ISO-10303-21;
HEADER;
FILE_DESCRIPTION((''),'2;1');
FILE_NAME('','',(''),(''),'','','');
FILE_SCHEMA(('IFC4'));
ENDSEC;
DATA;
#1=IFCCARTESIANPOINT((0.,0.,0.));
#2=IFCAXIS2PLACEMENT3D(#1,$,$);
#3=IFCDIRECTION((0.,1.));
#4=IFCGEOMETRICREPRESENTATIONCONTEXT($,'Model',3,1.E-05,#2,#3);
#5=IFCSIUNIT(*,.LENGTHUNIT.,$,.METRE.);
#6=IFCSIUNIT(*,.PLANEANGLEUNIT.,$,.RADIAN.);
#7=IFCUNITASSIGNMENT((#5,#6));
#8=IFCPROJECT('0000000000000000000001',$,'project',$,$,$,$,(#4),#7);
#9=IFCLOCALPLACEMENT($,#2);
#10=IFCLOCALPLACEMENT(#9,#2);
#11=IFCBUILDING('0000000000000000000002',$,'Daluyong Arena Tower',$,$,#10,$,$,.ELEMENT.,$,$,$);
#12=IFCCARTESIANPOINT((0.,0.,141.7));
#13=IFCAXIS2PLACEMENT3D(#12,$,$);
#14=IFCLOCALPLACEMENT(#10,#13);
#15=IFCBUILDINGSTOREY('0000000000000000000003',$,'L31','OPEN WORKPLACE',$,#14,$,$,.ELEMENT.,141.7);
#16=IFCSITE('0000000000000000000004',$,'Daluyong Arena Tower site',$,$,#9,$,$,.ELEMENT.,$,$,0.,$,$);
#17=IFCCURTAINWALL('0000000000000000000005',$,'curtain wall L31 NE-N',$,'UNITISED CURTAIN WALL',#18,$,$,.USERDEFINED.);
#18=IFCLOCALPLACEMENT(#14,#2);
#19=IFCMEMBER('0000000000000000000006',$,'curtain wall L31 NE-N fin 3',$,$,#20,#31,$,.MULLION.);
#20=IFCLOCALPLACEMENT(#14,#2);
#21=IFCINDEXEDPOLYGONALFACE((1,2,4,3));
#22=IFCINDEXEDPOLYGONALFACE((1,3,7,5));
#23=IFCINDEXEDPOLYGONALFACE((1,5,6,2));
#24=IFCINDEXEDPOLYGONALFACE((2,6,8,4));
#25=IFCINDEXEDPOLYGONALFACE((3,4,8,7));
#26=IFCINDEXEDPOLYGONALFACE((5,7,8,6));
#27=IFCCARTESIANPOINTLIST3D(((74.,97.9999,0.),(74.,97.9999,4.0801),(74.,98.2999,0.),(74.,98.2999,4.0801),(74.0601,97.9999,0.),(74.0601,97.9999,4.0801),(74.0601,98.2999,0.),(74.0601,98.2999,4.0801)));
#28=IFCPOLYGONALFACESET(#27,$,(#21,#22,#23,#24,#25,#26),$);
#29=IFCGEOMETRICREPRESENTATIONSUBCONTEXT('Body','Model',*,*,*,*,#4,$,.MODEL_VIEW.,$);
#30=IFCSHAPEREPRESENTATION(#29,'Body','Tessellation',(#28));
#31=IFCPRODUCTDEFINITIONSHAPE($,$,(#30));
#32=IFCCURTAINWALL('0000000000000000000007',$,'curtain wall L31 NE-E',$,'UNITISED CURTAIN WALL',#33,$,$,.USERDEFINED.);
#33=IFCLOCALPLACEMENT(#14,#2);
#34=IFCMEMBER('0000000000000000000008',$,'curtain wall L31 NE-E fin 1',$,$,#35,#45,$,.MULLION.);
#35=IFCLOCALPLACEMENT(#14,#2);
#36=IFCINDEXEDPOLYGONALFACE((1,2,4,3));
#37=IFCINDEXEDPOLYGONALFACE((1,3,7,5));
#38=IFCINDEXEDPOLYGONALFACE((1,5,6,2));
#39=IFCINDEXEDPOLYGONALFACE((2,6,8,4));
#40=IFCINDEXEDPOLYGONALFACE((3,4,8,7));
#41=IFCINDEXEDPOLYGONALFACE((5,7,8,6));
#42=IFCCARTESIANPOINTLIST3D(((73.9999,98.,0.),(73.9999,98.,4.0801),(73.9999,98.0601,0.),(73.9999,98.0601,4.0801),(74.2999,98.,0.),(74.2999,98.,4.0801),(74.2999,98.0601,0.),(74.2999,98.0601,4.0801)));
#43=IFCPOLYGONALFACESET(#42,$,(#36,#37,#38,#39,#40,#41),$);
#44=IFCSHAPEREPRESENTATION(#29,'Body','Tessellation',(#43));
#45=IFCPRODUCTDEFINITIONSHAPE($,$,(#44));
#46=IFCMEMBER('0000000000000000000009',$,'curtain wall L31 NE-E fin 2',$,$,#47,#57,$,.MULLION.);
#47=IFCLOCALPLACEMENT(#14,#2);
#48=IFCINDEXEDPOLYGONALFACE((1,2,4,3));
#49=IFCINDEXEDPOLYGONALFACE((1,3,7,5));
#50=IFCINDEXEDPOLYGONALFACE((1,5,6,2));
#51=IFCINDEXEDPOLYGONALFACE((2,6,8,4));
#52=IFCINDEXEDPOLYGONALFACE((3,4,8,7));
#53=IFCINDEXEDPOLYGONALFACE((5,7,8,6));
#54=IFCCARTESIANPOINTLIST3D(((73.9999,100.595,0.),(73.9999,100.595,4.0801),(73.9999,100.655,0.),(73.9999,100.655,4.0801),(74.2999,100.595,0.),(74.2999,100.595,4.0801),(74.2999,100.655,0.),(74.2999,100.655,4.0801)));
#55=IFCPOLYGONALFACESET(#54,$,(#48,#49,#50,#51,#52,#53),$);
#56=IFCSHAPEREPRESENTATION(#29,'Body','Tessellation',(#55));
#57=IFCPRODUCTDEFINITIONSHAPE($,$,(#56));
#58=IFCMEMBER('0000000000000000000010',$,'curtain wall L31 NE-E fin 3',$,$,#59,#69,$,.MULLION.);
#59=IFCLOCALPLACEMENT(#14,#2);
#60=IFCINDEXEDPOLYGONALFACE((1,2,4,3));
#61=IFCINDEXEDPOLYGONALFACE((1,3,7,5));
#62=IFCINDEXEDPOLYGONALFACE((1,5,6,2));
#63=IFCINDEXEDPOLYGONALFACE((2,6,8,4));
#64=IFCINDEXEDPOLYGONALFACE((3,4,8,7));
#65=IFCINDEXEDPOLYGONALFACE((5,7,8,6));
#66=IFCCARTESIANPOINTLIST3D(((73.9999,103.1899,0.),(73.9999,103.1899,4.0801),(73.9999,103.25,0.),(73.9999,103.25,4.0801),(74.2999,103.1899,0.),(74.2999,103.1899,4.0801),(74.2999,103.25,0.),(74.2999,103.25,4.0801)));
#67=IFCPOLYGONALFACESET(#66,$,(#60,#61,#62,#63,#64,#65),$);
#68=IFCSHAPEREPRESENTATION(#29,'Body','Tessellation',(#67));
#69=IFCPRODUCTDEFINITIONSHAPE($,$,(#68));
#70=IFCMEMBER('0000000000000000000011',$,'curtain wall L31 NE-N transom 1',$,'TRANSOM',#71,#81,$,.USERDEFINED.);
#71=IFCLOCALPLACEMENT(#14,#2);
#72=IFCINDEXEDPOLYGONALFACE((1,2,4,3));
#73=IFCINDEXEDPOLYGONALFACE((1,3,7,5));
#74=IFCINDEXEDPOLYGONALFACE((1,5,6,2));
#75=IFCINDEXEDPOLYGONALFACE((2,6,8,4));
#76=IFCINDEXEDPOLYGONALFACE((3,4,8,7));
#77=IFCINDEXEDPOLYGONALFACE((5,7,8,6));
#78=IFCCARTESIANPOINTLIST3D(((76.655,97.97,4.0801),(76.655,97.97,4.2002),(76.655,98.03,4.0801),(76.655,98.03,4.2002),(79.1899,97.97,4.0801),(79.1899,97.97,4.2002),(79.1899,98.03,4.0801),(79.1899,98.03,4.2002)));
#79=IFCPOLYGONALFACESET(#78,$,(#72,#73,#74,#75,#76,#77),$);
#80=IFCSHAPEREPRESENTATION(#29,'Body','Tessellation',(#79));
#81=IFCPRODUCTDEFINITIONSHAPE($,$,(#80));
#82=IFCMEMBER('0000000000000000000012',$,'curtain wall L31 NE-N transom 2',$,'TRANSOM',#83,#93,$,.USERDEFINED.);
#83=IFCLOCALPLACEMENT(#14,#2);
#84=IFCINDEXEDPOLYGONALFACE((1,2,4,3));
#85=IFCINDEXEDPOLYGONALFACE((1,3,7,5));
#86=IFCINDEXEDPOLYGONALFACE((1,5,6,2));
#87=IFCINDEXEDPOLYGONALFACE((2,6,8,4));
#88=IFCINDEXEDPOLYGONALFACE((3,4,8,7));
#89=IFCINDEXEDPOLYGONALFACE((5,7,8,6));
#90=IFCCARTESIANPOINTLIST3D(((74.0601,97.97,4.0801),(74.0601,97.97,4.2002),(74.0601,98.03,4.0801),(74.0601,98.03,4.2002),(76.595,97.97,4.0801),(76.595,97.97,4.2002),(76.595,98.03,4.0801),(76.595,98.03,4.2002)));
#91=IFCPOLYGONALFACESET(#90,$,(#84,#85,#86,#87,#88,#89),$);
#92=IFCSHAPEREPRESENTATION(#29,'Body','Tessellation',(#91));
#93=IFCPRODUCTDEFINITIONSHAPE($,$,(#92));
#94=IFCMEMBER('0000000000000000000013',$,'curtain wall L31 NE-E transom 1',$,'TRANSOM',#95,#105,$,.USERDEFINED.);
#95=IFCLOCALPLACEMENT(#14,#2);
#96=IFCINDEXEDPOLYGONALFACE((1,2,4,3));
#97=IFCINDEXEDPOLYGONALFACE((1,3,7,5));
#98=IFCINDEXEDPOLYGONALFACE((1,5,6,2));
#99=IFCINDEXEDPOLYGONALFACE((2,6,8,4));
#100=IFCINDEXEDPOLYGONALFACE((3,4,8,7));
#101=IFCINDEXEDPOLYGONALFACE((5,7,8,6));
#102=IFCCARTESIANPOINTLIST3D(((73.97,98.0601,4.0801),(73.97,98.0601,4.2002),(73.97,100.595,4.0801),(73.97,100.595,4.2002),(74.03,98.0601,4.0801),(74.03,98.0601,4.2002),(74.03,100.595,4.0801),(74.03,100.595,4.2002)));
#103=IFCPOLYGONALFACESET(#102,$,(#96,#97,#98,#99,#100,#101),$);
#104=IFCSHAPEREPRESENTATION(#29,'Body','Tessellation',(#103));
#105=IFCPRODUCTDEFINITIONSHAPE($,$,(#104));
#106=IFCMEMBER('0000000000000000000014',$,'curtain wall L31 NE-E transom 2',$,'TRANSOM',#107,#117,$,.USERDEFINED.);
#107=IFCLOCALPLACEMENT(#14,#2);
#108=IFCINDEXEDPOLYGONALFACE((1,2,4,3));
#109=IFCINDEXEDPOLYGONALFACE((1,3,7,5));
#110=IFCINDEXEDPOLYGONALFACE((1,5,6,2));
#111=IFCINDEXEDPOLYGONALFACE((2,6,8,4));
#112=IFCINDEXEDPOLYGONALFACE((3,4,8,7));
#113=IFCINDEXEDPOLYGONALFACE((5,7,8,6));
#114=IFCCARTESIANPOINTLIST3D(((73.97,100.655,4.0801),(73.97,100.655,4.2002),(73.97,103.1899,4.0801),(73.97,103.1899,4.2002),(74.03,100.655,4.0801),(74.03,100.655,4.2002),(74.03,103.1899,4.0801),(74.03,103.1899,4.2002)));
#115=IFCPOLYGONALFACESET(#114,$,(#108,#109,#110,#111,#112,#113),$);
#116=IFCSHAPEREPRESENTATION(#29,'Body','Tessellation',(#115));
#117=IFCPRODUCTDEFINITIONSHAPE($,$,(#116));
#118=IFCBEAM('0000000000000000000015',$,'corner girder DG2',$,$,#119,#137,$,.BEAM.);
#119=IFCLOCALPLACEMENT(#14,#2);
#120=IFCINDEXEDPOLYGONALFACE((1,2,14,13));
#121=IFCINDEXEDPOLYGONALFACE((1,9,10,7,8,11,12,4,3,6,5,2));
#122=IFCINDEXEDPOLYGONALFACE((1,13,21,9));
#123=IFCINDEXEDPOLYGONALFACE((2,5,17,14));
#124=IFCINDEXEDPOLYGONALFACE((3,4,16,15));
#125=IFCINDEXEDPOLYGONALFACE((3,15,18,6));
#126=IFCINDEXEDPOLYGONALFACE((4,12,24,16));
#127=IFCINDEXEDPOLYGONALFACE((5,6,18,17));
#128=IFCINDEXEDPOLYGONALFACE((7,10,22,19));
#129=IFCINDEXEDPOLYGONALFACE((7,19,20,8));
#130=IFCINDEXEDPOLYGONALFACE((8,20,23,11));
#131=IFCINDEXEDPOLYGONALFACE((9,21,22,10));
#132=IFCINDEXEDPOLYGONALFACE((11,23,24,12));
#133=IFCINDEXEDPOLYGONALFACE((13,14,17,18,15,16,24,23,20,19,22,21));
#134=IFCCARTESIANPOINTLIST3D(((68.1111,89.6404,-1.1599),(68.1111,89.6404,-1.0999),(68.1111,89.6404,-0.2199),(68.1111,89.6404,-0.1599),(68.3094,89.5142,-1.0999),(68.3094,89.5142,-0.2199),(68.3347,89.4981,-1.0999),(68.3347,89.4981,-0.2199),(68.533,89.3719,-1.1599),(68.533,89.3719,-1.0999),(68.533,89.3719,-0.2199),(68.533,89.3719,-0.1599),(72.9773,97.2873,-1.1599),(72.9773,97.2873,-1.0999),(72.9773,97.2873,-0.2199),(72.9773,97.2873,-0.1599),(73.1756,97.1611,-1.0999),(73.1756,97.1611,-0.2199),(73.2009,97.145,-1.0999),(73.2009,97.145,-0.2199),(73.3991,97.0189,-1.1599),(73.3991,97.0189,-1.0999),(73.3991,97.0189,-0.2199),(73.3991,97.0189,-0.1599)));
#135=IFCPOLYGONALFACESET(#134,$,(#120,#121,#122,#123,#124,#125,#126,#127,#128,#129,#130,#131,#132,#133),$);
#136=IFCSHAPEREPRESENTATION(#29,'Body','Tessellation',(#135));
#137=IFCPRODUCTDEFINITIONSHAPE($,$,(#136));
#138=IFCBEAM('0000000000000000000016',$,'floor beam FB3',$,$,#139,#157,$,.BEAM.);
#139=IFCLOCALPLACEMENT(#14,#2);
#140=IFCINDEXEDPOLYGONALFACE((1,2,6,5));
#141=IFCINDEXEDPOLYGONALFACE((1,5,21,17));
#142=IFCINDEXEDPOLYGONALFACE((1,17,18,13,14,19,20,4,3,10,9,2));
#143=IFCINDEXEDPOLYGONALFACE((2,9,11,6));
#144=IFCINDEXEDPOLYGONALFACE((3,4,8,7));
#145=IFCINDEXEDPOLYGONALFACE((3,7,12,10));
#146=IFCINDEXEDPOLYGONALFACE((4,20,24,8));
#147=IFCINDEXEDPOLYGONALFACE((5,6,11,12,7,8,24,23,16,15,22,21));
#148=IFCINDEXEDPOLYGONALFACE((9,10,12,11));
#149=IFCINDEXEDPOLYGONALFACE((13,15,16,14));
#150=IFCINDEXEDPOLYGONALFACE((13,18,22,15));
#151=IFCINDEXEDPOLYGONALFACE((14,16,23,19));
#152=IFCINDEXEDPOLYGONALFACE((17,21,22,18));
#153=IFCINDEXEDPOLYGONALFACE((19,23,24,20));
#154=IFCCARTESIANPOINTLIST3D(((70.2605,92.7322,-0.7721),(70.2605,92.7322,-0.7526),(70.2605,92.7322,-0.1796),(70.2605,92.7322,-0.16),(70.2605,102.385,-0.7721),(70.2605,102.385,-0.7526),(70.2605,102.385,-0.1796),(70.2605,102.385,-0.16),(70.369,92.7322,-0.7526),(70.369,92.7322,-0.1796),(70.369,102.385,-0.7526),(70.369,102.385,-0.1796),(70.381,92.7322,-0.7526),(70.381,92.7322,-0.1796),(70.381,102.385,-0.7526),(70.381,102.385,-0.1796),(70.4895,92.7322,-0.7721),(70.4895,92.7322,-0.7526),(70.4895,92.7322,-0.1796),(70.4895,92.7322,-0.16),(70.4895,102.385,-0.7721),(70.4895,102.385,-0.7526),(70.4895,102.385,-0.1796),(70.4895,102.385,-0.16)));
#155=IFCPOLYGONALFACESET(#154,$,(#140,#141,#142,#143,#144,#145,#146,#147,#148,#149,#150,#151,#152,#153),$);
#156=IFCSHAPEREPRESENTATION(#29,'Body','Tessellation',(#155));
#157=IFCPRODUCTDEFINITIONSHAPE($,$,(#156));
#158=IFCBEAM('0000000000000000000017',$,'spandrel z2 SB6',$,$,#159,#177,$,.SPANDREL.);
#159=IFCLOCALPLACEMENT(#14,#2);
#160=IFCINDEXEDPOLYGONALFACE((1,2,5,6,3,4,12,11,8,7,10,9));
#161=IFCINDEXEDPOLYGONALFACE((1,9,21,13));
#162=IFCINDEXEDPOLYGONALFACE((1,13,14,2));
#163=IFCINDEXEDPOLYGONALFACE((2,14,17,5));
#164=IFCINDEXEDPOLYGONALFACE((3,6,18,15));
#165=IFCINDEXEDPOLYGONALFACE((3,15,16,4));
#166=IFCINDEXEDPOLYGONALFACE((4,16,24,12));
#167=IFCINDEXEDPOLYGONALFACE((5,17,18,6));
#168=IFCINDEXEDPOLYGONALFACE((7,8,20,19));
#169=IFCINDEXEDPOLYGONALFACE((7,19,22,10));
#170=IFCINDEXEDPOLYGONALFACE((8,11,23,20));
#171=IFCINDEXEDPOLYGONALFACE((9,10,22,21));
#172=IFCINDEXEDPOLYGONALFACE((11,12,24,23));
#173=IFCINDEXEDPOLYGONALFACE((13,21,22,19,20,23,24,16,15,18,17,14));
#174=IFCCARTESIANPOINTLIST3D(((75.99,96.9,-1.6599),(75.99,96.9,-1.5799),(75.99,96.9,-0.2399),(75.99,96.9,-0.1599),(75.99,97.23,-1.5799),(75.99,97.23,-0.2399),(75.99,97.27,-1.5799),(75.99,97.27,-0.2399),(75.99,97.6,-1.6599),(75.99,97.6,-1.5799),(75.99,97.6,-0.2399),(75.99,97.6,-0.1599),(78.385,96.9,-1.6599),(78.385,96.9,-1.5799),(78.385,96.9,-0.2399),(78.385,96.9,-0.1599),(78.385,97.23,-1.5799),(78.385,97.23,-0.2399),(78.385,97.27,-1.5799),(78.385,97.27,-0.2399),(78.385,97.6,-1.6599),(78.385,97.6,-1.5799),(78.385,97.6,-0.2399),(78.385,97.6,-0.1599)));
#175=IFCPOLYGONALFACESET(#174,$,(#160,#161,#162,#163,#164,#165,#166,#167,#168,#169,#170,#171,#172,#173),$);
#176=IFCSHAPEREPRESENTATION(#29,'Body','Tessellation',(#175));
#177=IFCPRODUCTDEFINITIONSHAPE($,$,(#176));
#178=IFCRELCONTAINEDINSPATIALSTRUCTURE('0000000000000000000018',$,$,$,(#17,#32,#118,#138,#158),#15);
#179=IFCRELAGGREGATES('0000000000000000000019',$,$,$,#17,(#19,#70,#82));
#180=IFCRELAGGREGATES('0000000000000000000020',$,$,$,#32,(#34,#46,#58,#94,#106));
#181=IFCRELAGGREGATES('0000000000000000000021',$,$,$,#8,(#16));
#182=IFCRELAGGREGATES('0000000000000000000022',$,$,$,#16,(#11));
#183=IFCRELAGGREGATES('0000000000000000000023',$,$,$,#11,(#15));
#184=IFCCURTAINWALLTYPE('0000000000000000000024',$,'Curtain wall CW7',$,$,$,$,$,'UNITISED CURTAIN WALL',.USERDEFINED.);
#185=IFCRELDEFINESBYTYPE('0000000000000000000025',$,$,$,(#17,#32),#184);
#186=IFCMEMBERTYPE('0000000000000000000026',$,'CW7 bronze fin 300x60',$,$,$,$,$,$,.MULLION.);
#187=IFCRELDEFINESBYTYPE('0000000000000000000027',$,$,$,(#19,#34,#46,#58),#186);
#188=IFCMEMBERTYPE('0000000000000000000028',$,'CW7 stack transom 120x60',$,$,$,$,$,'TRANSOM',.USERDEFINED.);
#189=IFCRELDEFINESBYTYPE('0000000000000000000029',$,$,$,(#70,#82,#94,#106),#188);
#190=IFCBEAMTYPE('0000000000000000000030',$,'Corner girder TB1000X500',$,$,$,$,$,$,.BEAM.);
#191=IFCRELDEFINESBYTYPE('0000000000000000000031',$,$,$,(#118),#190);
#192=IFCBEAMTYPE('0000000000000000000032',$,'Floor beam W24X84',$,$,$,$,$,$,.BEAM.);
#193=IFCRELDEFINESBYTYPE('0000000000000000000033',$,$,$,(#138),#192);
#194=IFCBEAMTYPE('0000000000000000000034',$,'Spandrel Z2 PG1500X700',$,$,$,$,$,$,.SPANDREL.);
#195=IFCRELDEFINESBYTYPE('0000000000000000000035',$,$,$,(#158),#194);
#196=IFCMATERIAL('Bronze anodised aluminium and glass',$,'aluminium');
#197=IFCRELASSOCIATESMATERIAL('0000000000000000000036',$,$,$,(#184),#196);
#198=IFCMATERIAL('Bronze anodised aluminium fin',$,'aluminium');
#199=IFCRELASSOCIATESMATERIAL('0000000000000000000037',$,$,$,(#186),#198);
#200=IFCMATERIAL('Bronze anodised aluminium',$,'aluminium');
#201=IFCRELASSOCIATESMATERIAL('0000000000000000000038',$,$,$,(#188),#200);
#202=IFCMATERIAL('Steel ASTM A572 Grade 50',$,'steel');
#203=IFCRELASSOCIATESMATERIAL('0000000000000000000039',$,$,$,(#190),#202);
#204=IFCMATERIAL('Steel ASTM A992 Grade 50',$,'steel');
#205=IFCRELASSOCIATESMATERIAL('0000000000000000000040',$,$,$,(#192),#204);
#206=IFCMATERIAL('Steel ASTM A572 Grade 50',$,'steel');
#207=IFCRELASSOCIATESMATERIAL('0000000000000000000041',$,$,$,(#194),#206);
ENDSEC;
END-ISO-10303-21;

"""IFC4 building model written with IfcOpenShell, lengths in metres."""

from ifc_helpers import new_model, si_unit, direction, frame, origin, origin_2d, place, context, subcontext, project, spatial, rectangle, i_section, extrude, material, material_profile, profile_set, type_object, element, aggregate, save


model = new_model("IFC4")

# Units and contexts
model_context = context("Model", 3, precision=1e-05, world=origin(), true_north=direction((0.0, 1.0)))
body_context = subcontext(model_context, "Body", "Model", "MODEL_VIEW")
ifc_project = project(units=[si_unit("LENGTHUNIT", "METRE"), si_unit("PLANEANGLEUNIT", "RADIAN")], contexts=[model_context])

# Site, building, storey
site_placement = place(None, origin())
site = spatial("IfcSite", under=ifc_project, at=site_placement, Name="Daluyong Arena Tower site", CompositionType="ELEMENT", RefElevation=0.0)
building_placement = place(site_placement, origin())
building = spatial("IfcBuilding", under=site, at=building_placement, Name="Daluyong Arena Tower", CompositionType="ELEMENT")
storey_placement = place(building_placement, frame((0.0, 0.0, 141.7)))
storey = spatial("IfcBuildingStorey", under=building, at=storey_placement, Name="L31", Description="OPEN WORKPLACE", CompositionType="ELEMENT", Elevation=141.7)

# Curtain walls, members
ifc_material_1 = material(Name="Bronze anodised aluminium and glass", Category="aluminium")
curtain_wall_type_1 = type_object("IfcCurtainWallType", Name="Curtain wall CW7", ElementType="UNITISED CURTAIN WALL", PredefinedType="USERDEFINED", material=ifc_material_1)
curtain_wall_1_placement = place(storey_placement, origin())
curtain_wall_1 = element("IfcCurtainWall", 1, at=curtain_wall_1_placement, inside=storey, type_object=curtain_wall_type_1, Name="curtain wall L31 NE-N", ObjectType="UNITISED CURTAIN WALL", PredefinedType="USERDEFINED")
ifc_material_2 = material(Name="Bronze anodised aluminium fin", Category="aluminium")
ifc_material_profile_1 = material_profile(ifc_material_2, rectangle(XDim=0.3, YDim=0.0601, at=origin_2d()))
ifc_profile_set_1 = profile_set([ifc_material_profile_1], Name="Bronze anodised aluminium fin")
member_type_1 = type_object("IfcMemberType", Name="CW7 bronze fin 300x60", PredefinedType="MULLION", material=ifc_profile_set_1)
member_1_placement = place(storey_placement, frame((74.03, 98.1499, 0.0), z_axis=(0.0, 0.0, 1.0), x_axis=(0.0, -1.0, 0.0)))
member_1 = element("IfcMember", 2, at=member_1_placement, type_object=member_type_1, Name="curtain wall L31 NE-N fin 3", PredefinedType="MULLION", context=body_context, shape_type="SweptSolid", body=[
    extrude(rectangle(XDim=0.3, YDim=0.0601, at=origin_2d()), origin(), (0.0, 0.0, 1.0), 4.0801),
])
curtain_wall_2_placement = place(storey_placement, origin())
curtain_wall_2 = element("IfcCurtainWall", 3, at=curtain_wall_2_placement, inside=storey, type_object=curtain_wall_type_1, Name="curtain wall L31 NE-E", ObjectType="UNITISED CURTAIN WALL", PredefinedType="USERDEFINED")
member_2_placement = place(storey_placement, frame((74.1499, 98.03, 0.0), z_axis=(0.0, 0.0, 1.0), x_axis=(-1.0, 0.0, 0.0)))
member_2 = element("IfcMember", 4, at=member_2_placement, type_object=member_type_1, Name="curtain wall L31 NE-E fin 1", PredefinedType="MULLION", context=body_context, shape_type="SweptSolid", body=[
    extrude(rectangle(XDim=0.3, YDim=0.0601, at=origin_2d()), origin(), (0.0, 0.0, 1.0), 4.0801),
])
member_3_placement = place(storey_placement, frame((74.1499, 100.625, 0.0), z_axis=(0.0, 0.0, 1.0), x_axis=(-1.0, 0.0, 0.0)))
member_3 = element("IfcMember", 5, at=member_3_placement, type_object=member_type_1, Name="curtain wall L31 NE-E fin 2", PredefinedType="MULLION", context=body_context, shape_type="SweptSolid", body=[
    extrude(rectangle(XDim=0.3, YDim=0.0601, at=origin_2d()), origin(), (0.0, 0.0, 1.0), 4.0801),
])
member_4_placement = place(storey_placement, frame((74.1499, 103.22, 0.0), z_axis=(0.0, 0.0, 1.0), x_axis=(-1.0, 0.0, 0.0)))
member_4 = element("IfcMember", 6, at=member_4_placement, type_object=member_type_1, Name="curtain wall L31 NE-E fin 3", PredefinedType="MULLION", context=body_context, shape_type="SweptSolid", body=[
    extrude(rectangle(XDim=0.3, YDim=0.0601, at=origin_2d()), origin(), (0.0, 0.0, 1.0), 4.0801),
])

# Members
ifc_material_3 = material(Name="Bronze anodised aluminium", Category="aluminium")
ifc_material_profile_2 = material_profile(ifc_material_3, rectangle(XDim=0.0601, YDim=0.1201, at=origin_2d()))
ifc_profile_set_2 = profile_set([ifc_material_profile_2], Name="Bronze anodised aluminium")
member_type_2 = type_object("IfcMemberType", Name="CW7 stack transom 120x60", ElementType="TRANSOM", PredefinedType="USERDEFINED", material=ifc_profile_set_2)
member_5_placement = place(storey_placement, frame((79.1899, 98.0, 4.1401), z_axis=(-1.0, 0.0, 0.0), x_axis=(0.0, -1.0, 0.0)))
member_5 = element("IfcMember", 7, at=member_5_placement, type_object=member_type_2, Name="curtain wall L31 NE-N transom 1", ObjectType="TRANSOM", PredefinedType="USERDEFINED", context=body_context, shape_type="SweptSolid", body=[
    extrude(rectangle(XDim=0.0601, YDim=0.1201, at=origin_2d()), origin(), (0.0, 0.0, 1.0), 2.5349),
])
member_6_placement = place(storey_placement, frame((76.595, 98.0, 4.1401), z_axis=(-1.0, 0.0, 0.0), x_axis=(0.0, -1.0, 0.0)))
member_6 = element("IfcMember", 8, at=member_6_placement, type_object=member_type_2, Name="curtain wall L31 NE-N transom 2", ObjectType="TRANSOM", PredefinedType="USERDEFINED", context=body_context, shape_type="SweptSolid", body=[
    extrude(rectangle(XDim=0.0601, YDim=0.1201, at=origin_2d()), origin(), (0.0, 0.0, 1.0), 2.5349),
])
member_7_placement = place(storey_placement, frame((74.0, 98.0601, 4.1401), z_axis=(0.0, 1.0, 0.0), x_axis=(-1.0, 0.0, 0.0)))
member_7 = element("IfcMember", 9, at=member_7_placement, type_object=member_type_2, Name="curtain wall L31 NE-E transom 1", ObjectType="TRANSOM", PredefinedType="USERDEFINED", context=body_context, shape_type="SweptSolid", body=[
    extrude(rectangle(XDim=0.0601, YDim=0.1201, at=origin_2d()), origin(), (0.0, 0.0, 1.0), 2.5349),
])
member_8_placement = place(storey_placement, frame((74.0, 100.655, 4.1401), z_axis=(0.0, 1.0, 0.0), x_axis=(-1.0, 0.0, 0.0)))
member_8 = element("IfcMember", 10, at=member_8_placement, type_object=member_type_2, Name="curtain wall L31 NE-E transom 2", ObjectType="TRANSOM", PredefinedType="USERDEFINED", context=body_context, shape_type="SweptSolid", body=[
    extrude(rectangle(XDim=0.0601, YDim=0.1201, at=origin_2d()), origin(), (0.0, 0.0, 1.0), 2.5349),
])

# Beams
ifc_material_4 = material(Name="Steel ASTM A572 Grade 50", Category="steel")
ifc_material_profile_3 = material_profile(ifc_material_4, i_section(OverallWidth=0.5, OverallDepth=1.0, WebThickness=0.03, FlangeThickness=0.06, at=origin_2d()))
ifc_profile_set_3 = profile_set([ifc_material_profile_3], Name="Steel ASTM A572 Grade 50")
beam_type_1 = type_object("IfcBeamType", Name="Corner girder TB1000X500", PredefinedType="BEAM", material=ifc_profile_set_3)
beam_1_placement = place(storey_placement, frame((73.1882, 97.1531, -0.6599), z_axis=(-0.536872, -0.843664, 0.0), x_axis=(0.843664, -0.536872, 0.0)))
element("IfcBeam", 11, at=beam_1_placement, inside=storey, type_object=beam_type_1, Name="corner girder DG2", PredefinedType="BEAM", context=body_context, shape_type="SweptSolid", body=[
    extrude(i_section(OverallWidth=0.5, OverallDepth=1.0, WebThickness=0.03, FlangeThickness=0.06, at=origin_2d()), origin(), (0.0, 0.0, 1.0), 9.064),
])
ifc_material_5 = material(Name="Steel ASTM A992 Grade 50", Category="steel")
ifc_material_profile_4 = material_profile(ifc_material_5, i_section(OverallWidth=0.229, OverallDepth=0.6121, WebThickness=0.012, FlangeThickness=0.0195, at=origin_2d()))
ifc_profile_set_4 = profile_set([ifc_material_profile_4], Name="Steel ASTM A992 Grade 50")
beam_type_2 = type_object("IfcBeamType", Name="Floor beam W24X84", PredefinedType="BEAM", material=ifc_profile_set_4)
beam_2_placement = place(storey_placement, frame((70.375, 102.385, -0.4661), z_axis=(0.0, -1.0, 0.0), x_axis=(1.0, 0.0, 0.0)))
element("IfcBeam", 12, at=beam_2_placement, inside=storey, type_object=beam_type_2, Name="floor beam FB3", PredefinedType="BEAM", context=body_context, shape_type="SweptSolid", body=[
    extrude(i_section(OverallWidth=0.229, OverallDepth=0.6121, WebThickness=0.012, FlangeThickness=0.0195, at=origin_2d()), origin(), (0.0, 0.0, 1.0), 9.6528),
])
ifc_material_6 = material(Name="Steel ASTM A572 Grade 50", Category="steel")
ifc_material_profile_5 = material_profile(ifc_material_6, i_section(OverallWidth=0.7, OverallDepth=1.5, WebThickness=0.04, FlangeThickness=0.08, at=origin_2d()))
ifc_profile_set_5 = profile_set([ifc_material_profile_5], Name="Steel ASTM A572 Grade 50")
beam_type_3 = type_object("IfcBeamType", Name="Spandrel Z2 PG1500X700", PredefinedType="SPANDREL", material=ifc_profile_set_5)
for number, where, z_axis, x_axis, name in (
    (13, (78.385, 97.25, -0.9099), (-1.0, 0.0, 0.0), (0.0, -1.0, 0.0), "spandrel z2 SB6"),
):
    element("IfcBeam", number, at=place(storey_placement, frame(where, z_axis=z_axis, x_axis=x_axis)), inside=storey, type_object=beam_type_3, Name=name, PredefinedType="SPANDREL", context=body_context, shape_type="SweptSolid", body=[
        extrude(i_section(OverallWidth=0.7, OverallDepth=1.5, WebThickness=0.04, FlangeThickness=0.08, at=origin_2d()), origin(), (0.0, 0.0, 1.0), 2.395),
    ])

aggregate(curtain_wall_1, [member_1, member_5, member_6])
aggregate(curtain_wall_2, [member_2, member_3, member_4, member_7, member_8])

save(model, "model.ifc")
